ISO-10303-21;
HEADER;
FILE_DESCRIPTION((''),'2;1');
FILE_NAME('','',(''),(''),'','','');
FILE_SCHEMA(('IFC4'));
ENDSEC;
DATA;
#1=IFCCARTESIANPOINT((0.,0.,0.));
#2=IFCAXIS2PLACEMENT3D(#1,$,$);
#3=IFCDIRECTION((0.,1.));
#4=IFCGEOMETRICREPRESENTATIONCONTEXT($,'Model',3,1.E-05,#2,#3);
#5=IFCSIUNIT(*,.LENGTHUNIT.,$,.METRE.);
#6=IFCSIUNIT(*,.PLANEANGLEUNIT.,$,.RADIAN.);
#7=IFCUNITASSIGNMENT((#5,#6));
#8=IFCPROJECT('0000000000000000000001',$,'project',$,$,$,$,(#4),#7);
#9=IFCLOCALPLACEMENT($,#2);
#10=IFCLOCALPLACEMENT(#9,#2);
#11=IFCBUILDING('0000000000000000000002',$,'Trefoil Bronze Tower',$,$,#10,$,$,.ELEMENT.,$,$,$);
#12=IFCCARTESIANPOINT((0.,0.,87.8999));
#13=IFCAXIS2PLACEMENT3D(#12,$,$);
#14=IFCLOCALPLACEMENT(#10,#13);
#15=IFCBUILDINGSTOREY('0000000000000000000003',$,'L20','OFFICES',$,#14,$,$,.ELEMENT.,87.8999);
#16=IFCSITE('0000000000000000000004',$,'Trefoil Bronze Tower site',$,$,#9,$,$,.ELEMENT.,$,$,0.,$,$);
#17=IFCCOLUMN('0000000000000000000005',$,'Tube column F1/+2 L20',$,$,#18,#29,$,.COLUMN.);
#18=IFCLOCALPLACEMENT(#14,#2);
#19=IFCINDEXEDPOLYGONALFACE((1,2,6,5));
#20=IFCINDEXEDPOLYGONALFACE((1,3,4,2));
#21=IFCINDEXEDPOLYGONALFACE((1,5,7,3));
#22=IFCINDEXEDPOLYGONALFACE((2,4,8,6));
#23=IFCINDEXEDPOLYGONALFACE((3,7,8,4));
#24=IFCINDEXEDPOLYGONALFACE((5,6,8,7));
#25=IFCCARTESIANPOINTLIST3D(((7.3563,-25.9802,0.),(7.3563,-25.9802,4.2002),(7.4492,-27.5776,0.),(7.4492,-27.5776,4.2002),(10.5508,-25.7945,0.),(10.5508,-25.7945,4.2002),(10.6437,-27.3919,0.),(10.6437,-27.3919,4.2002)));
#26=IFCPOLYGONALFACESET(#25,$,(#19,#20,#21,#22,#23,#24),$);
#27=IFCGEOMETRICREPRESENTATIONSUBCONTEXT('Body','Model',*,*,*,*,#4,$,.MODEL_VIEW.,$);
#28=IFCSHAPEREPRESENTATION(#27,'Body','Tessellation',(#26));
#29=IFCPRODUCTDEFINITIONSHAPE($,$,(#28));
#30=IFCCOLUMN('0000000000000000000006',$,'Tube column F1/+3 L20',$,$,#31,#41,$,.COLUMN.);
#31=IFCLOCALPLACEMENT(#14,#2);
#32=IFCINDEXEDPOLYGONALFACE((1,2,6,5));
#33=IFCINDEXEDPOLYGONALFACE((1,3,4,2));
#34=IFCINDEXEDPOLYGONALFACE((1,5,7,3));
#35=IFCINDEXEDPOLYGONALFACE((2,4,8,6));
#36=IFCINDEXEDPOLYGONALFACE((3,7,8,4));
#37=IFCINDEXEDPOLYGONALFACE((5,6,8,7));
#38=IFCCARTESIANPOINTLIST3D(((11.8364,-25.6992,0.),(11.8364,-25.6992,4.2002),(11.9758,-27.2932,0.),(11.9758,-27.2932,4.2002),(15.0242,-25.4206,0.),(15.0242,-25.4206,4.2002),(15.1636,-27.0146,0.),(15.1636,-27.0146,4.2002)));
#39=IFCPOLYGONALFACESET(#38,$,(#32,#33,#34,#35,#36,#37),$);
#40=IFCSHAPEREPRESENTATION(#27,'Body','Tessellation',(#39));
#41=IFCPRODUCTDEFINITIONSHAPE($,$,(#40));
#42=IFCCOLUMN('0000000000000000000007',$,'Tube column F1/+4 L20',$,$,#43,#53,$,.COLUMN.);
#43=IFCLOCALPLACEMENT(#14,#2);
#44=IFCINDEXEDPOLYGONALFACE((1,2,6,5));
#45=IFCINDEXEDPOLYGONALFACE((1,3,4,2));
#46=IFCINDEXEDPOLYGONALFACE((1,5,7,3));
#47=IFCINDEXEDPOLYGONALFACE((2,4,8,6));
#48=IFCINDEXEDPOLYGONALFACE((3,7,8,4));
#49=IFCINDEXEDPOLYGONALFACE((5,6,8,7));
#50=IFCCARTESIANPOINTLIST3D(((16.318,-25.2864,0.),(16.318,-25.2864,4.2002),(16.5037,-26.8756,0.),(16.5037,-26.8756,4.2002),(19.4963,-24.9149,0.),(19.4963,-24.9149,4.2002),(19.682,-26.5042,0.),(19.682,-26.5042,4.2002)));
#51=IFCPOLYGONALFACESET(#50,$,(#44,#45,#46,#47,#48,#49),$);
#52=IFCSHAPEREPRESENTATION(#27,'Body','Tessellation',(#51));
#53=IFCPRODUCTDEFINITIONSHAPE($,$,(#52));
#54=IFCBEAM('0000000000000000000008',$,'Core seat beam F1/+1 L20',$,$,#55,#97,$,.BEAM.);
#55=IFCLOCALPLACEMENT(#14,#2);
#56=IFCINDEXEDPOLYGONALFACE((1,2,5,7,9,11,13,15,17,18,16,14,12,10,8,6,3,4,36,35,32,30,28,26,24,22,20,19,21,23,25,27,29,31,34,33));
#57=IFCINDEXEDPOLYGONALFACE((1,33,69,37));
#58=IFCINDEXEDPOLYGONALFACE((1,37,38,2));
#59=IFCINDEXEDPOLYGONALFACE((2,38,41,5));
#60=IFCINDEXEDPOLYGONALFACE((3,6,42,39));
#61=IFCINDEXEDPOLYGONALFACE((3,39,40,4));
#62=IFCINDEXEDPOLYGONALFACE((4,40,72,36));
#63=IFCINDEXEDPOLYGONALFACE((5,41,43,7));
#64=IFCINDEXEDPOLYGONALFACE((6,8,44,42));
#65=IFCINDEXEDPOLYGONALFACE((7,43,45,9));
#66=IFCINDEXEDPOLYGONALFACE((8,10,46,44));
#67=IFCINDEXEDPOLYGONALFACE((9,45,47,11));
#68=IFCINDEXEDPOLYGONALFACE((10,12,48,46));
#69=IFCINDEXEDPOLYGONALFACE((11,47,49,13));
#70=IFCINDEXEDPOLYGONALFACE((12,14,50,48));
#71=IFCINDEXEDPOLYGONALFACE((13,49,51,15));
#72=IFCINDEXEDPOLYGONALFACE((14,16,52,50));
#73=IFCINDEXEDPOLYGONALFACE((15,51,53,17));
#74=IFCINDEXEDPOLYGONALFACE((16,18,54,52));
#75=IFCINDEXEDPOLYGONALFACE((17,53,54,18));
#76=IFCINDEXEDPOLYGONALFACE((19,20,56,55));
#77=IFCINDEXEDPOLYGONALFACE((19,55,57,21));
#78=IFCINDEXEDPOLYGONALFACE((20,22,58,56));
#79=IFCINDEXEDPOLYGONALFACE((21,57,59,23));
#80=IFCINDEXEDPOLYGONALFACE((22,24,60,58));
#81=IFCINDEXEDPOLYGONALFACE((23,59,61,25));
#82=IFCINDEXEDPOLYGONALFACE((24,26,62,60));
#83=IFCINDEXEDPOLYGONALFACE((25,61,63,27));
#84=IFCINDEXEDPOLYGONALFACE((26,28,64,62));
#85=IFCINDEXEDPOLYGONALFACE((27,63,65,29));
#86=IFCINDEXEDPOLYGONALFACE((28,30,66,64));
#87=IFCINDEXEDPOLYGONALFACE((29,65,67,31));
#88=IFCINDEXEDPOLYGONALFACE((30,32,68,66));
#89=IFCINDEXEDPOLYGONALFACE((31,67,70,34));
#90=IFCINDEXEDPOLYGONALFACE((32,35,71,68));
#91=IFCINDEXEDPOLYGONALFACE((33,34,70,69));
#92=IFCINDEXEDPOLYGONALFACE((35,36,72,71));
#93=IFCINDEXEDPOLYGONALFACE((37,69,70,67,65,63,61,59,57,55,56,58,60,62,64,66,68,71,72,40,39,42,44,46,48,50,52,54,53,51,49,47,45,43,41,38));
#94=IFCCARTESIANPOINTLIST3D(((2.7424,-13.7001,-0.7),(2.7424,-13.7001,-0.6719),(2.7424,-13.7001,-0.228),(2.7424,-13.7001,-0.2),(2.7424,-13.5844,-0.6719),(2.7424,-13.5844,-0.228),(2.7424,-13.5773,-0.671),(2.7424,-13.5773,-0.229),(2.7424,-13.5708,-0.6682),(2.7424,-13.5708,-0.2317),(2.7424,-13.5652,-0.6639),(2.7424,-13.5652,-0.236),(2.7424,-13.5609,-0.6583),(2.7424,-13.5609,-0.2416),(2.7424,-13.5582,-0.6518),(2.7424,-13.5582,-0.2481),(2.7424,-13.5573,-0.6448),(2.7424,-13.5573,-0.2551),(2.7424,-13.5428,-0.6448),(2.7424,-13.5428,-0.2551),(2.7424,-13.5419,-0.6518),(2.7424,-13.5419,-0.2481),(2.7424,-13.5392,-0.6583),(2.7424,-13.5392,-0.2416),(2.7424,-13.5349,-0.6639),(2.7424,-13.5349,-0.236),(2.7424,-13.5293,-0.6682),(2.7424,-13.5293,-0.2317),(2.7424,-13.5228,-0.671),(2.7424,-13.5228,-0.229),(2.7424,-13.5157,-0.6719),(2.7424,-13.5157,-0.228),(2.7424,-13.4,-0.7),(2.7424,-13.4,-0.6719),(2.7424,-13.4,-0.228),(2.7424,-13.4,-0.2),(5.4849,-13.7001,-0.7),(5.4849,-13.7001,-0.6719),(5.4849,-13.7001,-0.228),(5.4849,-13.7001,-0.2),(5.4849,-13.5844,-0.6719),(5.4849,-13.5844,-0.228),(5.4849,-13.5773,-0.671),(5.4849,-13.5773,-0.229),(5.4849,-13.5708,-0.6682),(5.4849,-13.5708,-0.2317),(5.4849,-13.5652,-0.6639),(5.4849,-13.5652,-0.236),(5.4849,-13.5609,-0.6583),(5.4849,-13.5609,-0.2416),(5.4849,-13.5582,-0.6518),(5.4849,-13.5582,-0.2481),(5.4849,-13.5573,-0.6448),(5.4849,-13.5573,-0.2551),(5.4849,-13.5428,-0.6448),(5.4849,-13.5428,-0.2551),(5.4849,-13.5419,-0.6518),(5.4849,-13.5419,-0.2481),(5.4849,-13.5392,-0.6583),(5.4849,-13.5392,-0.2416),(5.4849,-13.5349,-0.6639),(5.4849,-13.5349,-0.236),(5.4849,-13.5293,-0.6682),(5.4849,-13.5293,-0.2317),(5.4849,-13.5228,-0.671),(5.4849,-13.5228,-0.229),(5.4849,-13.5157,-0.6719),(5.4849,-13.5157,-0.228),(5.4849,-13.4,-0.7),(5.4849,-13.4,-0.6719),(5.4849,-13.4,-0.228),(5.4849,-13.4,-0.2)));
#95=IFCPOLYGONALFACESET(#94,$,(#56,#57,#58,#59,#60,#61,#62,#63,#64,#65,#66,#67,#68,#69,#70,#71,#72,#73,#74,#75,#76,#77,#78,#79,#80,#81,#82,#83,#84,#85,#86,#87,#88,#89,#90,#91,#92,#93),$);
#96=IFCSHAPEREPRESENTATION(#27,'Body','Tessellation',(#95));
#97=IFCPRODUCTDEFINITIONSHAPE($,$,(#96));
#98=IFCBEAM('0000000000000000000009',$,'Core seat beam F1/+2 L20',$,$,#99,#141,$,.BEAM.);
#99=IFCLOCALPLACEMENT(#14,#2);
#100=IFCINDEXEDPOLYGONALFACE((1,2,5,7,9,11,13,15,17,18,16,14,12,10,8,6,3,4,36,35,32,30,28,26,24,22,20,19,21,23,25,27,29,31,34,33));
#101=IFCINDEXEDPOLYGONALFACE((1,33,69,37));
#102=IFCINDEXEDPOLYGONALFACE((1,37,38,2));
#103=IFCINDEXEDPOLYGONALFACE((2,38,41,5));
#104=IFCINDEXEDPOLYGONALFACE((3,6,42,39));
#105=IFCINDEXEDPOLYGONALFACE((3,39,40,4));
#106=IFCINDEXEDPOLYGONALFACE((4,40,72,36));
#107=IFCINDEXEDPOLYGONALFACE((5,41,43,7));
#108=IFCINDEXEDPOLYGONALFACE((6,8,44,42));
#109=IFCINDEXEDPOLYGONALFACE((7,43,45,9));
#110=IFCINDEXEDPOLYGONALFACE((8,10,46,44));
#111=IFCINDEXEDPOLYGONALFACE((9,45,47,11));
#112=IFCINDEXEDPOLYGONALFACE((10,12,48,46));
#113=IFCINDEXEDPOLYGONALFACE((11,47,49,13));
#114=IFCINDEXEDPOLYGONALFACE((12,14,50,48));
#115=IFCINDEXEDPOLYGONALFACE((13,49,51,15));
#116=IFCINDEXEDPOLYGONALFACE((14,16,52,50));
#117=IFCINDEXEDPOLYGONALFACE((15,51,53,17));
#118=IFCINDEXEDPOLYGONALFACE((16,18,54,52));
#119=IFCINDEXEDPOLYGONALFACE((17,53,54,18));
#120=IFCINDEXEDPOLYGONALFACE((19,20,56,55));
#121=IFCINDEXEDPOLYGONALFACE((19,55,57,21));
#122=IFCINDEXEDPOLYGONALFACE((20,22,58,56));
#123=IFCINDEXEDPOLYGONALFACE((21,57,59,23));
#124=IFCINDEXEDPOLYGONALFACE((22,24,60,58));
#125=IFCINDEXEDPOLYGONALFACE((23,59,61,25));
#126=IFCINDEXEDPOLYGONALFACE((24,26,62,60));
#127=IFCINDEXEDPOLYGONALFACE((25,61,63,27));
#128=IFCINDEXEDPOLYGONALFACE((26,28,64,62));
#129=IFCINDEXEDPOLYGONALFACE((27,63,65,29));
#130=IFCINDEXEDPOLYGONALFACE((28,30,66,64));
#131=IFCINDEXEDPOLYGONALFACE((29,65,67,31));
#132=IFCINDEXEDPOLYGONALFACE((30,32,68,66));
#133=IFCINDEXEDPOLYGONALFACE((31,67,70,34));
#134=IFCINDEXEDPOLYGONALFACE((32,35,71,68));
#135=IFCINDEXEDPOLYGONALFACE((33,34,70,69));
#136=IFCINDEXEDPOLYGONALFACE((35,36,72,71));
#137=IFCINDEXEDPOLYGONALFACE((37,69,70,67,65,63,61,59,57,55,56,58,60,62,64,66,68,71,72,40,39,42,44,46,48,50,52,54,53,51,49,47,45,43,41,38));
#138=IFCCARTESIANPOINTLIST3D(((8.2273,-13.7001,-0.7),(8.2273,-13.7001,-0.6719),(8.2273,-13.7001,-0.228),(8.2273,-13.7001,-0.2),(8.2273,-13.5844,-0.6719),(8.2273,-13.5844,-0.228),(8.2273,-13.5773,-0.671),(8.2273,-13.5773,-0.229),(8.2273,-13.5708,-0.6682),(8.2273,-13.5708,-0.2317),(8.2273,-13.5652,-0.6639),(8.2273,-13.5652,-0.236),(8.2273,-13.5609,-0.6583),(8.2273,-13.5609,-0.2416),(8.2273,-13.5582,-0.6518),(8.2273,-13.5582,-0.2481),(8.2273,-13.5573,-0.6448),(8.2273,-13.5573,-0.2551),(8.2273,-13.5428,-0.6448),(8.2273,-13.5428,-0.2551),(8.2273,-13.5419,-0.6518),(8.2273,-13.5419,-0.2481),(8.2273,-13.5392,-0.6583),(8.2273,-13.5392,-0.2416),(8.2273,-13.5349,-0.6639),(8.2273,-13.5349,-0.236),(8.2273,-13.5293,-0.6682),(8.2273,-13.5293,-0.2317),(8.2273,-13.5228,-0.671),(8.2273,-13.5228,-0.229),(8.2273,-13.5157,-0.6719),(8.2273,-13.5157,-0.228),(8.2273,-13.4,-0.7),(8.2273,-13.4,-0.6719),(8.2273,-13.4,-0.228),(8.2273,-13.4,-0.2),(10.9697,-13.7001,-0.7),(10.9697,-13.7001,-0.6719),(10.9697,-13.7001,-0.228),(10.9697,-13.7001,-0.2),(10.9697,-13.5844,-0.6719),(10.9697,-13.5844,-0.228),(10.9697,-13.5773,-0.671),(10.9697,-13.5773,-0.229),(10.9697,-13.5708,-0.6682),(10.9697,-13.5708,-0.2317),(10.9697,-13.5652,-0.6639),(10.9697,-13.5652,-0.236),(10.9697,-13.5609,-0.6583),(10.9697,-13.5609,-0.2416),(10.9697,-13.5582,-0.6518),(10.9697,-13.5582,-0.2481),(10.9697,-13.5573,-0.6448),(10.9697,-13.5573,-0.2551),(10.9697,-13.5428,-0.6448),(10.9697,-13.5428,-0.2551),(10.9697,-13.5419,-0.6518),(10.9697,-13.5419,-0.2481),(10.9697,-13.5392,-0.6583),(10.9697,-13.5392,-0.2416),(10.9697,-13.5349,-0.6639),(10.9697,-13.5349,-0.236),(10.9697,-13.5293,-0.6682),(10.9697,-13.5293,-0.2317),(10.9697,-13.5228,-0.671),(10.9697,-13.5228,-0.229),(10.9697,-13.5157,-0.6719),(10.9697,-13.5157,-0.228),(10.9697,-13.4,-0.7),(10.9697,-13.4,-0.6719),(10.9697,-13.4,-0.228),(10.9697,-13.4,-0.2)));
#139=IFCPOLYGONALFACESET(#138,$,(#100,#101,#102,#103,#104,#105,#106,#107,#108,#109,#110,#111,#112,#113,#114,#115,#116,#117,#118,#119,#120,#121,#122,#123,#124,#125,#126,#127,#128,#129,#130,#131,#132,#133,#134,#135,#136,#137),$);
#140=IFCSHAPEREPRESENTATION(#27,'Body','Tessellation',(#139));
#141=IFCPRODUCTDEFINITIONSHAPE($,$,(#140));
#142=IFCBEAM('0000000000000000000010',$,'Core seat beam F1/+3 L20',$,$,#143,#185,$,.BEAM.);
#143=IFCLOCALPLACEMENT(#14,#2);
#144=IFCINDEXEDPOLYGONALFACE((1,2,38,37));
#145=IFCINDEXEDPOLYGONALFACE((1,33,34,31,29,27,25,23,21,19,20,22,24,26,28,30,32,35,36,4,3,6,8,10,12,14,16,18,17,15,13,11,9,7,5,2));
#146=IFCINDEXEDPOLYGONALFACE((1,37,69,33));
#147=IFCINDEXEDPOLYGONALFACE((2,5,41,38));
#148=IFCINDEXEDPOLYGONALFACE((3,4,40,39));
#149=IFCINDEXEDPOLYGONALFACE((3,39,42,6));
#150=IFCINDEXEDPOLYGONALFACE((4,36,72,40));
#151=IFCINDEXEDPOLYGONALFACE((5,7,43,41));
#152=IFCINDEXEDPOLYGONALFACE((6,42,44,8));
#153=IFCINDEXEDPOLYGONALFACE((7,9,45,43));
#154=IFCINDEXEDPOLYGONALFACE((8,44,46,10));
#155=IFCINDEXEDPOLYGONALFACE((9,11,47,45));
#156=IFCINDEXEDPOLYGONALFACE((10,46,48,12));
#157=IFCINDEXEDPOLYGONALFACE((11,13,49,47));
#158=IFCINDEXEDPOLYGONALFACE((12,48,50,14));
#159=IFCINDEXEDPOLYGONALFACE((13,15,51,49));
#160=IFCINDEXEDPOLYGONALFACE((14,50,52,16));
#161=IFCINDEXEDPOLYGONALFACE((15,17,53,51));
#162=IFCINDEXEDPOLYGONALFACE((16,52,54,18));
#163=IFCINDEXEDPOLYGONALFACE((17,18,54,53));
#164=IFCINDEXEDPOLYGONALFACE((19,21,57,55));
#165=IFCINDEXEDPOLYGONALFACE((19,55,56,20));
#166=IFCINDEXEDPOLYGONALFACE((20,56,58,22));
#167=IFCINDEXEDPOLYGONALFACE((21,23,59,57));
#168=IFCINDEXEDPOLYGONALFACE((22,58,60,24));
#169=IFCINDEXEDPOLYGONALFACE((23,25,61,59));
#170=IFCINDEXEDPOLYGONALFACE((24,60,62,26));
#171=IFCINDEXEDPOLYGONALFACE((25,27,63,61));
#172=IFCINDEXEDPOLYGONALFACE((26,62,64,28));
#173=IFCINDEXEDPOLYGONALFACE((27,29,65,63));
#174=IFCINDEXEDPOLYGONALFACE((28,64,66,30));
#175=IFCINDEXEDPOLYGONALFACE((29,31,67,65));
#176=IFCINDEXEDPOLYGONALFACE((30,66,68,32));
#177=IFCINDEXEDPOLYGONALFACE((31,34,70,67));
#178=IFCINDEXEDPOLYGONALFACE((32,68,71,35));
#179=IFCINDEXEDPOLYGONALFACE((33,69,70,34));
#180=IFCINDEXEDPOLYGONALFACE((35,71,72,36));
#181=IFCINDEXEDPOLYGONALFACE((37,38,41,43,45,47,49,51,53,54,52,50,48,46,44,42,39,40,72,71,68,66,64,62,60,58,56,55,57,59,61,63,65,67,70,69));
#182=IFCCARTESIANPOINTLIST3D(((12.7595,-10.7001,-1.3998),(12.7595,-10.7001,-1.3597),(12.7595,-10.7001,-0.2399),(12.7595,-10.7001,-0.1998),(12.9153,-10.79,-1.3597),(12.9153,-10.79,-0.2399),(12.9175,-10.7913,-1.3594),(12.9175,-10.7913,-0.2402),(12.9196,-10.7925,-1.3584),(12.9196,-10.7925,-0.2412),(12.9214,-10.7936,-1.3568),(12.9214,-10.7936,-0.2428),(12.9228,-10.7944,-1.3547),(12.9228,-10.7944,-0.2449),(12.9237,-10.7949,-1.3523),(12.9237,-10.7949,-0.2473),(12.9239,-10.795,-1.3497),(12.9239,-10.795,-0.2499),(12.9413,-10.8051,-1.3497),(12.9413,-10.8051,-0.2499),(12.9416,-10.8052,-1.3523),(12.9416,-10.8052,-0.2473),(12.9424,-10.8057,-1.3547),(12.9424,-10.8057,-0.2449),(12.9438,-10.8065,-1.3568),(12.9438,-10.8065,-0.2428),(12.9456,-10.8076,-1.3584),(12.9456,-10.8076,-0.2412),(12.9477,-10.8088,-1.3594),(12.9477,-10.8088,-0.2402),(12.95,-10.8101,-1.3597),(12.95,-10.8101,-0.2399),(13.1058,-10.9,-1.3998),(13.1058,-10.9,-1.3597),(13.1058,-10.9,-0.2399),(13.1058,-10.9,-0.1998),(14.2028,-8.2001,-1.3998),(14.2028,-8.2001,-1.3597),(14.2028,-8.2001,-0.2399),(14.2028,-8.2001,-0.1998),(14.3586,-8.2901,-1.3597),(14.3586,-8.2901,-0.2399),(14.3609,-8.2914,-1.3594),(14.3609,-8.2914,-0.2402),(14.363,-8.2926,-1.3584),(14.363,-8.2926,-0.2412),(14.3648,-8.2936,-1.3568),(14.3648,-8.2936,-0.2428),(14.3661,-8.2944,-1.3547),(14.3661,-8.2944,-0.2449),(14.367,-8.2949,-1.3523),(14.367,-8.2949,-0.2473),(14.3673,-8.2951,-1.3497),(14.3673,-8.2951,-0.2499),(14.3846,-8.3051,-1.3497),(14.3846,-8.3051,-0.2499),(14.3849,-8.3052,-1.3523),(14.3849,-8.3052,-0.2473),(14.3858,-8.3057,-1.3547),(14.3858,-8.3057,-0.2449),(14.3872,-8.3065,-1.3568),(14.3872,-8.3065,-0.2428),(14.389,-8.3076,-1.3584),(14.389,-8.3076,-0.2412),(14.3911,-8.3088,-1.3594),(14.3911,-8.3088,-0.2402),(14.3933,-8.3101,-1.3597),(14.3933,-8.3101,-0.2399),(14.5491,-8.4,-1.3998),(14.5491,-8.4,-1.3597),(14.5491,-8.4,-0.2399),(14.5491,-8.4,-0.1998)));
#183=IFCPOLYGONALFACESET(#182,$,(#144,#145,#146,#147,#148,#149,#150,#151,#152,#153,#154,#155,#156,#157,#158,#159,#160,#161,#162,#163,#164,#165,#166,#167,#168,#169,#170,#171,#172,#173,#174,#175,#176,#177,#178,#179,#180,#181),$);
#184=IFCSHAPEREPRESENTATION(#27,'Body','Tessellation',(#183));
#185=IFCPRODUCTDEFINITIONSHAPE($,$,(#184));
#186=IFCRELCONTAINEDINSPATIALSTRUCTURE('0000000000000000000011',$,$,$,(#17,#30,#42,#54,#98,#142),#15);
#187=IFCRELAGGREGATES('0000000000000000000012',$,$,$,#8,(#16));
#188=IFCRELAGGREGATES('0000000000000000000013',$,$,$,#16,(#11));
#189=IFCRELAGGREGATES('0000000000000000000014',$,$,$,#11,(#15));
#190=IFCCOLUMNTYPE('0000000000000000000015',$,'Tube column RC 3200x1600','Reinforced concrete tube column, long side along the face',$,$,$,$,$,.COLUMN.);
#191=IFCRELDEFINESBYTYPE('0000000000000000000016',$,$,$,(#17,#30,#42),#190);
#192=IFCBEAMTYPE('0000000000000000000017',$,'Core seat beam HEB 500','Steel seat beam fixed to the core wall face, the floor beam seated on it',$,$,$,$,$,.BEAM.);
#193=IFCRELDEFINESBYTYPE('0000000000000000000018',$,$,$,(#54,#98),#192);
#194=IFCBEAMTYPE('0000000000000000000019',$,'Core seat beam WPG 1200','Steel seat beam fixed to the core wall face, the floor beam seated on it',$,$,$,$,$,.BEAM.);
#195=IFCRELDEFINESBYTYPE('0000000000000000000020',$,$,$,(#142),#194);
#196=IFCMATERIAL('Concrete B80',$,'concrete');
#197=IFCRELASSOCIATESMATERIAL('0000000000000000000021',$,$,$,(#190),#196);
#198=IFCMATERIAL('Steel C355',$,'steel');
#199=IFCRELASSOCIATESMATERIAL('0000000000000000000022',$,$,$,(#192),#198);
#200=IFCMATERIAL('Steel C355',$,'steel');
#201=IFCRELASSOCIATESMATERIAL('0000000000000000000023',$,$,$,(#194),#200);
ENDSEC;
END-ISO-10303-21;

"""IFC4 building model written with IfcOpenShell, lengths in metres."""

from ifc_helpers import new_model, si_unit, direction, frame, origin, origin_2d, place, context, subcontext, project, spatial, rectangle, i_section, extrude, material, material_profile, profile_set, type_object, element, save


model = new_model("IFC4")

# Units and contexts
model_context = context("Model", 3, precision=1e-05, world=origin(), true_north=direction((0.0, 1.0)))
body_context = subcontext(model_context, "Body", "Model", "MODEL_VIEW")
ifc_project = project(units=[si_unit("LENGTHUNIT", "METRE"), si_unit("PLANEANGLEUNIT", "RADIAN")], contexts=[model_context])

# Site, building, storey
site_placement = place(None, origin())
site = spatial("IfcSite", under=ifc_project, at=site_placement, Name="Trefoil Bronze Tower site", CompositionType="ELEMENT", RefElevation=0.0)
building_placement = place(site_placement, origin())
building = spatial("IfcBuilding", under=site, at=building_placement, Name="Trefoil Bronze Tower", CompositionType="ELEMENT")
storey_placement = place(building_placement, frame((0.0, 0.0, 87.8999)))
storey = spatial("IfcBuildingStorey", under=building, at=storey_placement, Name="L20", Description="OFFICES", CompositionType="ELEMENT", Elevation=87.8999)

# Columns
ifc_material_1 = material(Name="Concrete B80", Category="concrete")
ifc_material_profile_1 = material_profile(ifc_material_1, rectangle(XDim=3.2, YDim=1.6001, at=origin_2d()), Name="RC 3200x1600")
ifc_profile_set_1 = profile_set([ifc_material_profile_1], Name="Concrete B80")
column_type = type_object("IfcColumnType", Name="Tube column RC 3200x1600", Description="Reinforced concrete tube column, long side along the face", PredefinedType="COLUMN", material=ifc_profile_set_1)
for number, where, z_axis, x_axis, name in (
    (1, (9.0, -26.686, 0.0), (0.0, 0.0, 1.0), (0.998314, 0.058043, 0.0), "Tube column F1/+2 L20"),
    (2, (13.5, -26.3569, 0.0), (0.0, 0.0, 1.0), (0.996203, 0.087065, 0.0), "Tube column F1/+3 L20"),
    (3, (18.0, -25.8953, 0.0), (0.0, 0.0, 1.0), (0.993239, 0.116087, 0.0), "Tube column F1/+4 L20"),
):
    element("IfcColumn", number, at=place(storey_placement, frame(where, z_axis=z_axis, x_axis=x_axis)), inside=storey, type_object=column_type, Name=name, PredefinedType="COLUMN", context=body_context, shape_type="SweptSolid", body=[
        extrude(rectangle(XDim=3.2, YDim=1.6001, at=origin_2d()), origin(), (0.0, 0.0, 1.0), 4.2002),
    ])

# Beams
ifc_material_2 = material(Name="Steel C355", Category="steel")
ifc_material_profile_2 = material_profile(ifc_material_2, i_section(OverallWidth=0.3, OverallDepth=0.5, WebThickness=0.0144, FlangeThickness=0.0281, FilletRadius=0.0271, at=origin_2d()), Name="HEB 500")
ifc_profile_set_2 = profile_set([ifc_material_profile_2], Name="Steel C355")
beam_type_1 = type_object("IfcBeamType", Name="Core seat beam HEB 500", Description="Steel seat beam fixed to the core wall face, the floor beam seated on it", PredefinedType="BEAM", material=ifc_profile_set_2)
for number, where, z_axis, x_axis, name in (
    (4, (2.7424, -13.55, -0.45), (1.0, 0.0, 0.0), (0.0, 1.0, 0.0), "Core seat beam F1/+1 L20"),
    (5, (8.2273, -13.55, -0.45), (1.0, 0.0, 0.0), (0.0, 1.0, 0.0), "Core seat beam F1/+2 L20"),
):
    element("IfcBeam", number, at=place(storey_placement, frame(where, z_axis=z_axis, x_axis=x_axis)), inside=storey, type_object=beam_type_1, Name=name, PredefinedType="BEAM", context=body_context, shape_type="SweptSolid", body=[
        extrude(i_section(OverallWidth=0.3, OverallDepth=0.5, WebThickness=0.0144, FlangeThickness=0.0281, FilletRadius=0.0271, at=origin_2d()), origin(), (0.0, 0.0, 1.0), 2.7424),
    ])
ifc_material_3 = material(Name="Steel C355", Category="steel")
ifc_material_profile_3 = material_profile(ifc_material_3, i_section(OverallWidth=0.3999, OverallDepth=1.2, WebThickness=0.02, FlangeThickness=0.04, FilletRadius=0.01, at=origin_2d()), Name="WPG 1200")
ifc_profile_set_3 = profile_set([ifc_material_profile_3], Name="Steel C355")
beam_type_2 = type_object("IfcBeamType", Name="Core seat beam WPG 1200", Description="Steel seat beam fixed to the core wall face, the floor beam seated on it", PredefinedType="BEAM", material=ifc_profile_set_3)
beam_1_placement = place(storey_placement, frame((12.9326, -10.8, -0.7998), z_axis=(0.499996, 0.866028, 0.0), x_axis=(-0.866028, 0.499996, 0.0)))
element("IfcBeam", 6, at=beam_1_placement, inside=storey, type_object=beam_type_2, Name="Core seat beam F1/+3 L20", PredefinedType="BEAM", context=body_context, shape_type="SweptSolid", body=[
    extrude(i_section(OverallWidth=0.3999, OverallDepth=1.2, WebThickness=0.02, FlangeThickness=0.04, FilletRadius=0.01, at=origin_2d()), origin(), (0.0, 0.0, 1.0), 2.8867),
])

save(model, "model.ifc")
